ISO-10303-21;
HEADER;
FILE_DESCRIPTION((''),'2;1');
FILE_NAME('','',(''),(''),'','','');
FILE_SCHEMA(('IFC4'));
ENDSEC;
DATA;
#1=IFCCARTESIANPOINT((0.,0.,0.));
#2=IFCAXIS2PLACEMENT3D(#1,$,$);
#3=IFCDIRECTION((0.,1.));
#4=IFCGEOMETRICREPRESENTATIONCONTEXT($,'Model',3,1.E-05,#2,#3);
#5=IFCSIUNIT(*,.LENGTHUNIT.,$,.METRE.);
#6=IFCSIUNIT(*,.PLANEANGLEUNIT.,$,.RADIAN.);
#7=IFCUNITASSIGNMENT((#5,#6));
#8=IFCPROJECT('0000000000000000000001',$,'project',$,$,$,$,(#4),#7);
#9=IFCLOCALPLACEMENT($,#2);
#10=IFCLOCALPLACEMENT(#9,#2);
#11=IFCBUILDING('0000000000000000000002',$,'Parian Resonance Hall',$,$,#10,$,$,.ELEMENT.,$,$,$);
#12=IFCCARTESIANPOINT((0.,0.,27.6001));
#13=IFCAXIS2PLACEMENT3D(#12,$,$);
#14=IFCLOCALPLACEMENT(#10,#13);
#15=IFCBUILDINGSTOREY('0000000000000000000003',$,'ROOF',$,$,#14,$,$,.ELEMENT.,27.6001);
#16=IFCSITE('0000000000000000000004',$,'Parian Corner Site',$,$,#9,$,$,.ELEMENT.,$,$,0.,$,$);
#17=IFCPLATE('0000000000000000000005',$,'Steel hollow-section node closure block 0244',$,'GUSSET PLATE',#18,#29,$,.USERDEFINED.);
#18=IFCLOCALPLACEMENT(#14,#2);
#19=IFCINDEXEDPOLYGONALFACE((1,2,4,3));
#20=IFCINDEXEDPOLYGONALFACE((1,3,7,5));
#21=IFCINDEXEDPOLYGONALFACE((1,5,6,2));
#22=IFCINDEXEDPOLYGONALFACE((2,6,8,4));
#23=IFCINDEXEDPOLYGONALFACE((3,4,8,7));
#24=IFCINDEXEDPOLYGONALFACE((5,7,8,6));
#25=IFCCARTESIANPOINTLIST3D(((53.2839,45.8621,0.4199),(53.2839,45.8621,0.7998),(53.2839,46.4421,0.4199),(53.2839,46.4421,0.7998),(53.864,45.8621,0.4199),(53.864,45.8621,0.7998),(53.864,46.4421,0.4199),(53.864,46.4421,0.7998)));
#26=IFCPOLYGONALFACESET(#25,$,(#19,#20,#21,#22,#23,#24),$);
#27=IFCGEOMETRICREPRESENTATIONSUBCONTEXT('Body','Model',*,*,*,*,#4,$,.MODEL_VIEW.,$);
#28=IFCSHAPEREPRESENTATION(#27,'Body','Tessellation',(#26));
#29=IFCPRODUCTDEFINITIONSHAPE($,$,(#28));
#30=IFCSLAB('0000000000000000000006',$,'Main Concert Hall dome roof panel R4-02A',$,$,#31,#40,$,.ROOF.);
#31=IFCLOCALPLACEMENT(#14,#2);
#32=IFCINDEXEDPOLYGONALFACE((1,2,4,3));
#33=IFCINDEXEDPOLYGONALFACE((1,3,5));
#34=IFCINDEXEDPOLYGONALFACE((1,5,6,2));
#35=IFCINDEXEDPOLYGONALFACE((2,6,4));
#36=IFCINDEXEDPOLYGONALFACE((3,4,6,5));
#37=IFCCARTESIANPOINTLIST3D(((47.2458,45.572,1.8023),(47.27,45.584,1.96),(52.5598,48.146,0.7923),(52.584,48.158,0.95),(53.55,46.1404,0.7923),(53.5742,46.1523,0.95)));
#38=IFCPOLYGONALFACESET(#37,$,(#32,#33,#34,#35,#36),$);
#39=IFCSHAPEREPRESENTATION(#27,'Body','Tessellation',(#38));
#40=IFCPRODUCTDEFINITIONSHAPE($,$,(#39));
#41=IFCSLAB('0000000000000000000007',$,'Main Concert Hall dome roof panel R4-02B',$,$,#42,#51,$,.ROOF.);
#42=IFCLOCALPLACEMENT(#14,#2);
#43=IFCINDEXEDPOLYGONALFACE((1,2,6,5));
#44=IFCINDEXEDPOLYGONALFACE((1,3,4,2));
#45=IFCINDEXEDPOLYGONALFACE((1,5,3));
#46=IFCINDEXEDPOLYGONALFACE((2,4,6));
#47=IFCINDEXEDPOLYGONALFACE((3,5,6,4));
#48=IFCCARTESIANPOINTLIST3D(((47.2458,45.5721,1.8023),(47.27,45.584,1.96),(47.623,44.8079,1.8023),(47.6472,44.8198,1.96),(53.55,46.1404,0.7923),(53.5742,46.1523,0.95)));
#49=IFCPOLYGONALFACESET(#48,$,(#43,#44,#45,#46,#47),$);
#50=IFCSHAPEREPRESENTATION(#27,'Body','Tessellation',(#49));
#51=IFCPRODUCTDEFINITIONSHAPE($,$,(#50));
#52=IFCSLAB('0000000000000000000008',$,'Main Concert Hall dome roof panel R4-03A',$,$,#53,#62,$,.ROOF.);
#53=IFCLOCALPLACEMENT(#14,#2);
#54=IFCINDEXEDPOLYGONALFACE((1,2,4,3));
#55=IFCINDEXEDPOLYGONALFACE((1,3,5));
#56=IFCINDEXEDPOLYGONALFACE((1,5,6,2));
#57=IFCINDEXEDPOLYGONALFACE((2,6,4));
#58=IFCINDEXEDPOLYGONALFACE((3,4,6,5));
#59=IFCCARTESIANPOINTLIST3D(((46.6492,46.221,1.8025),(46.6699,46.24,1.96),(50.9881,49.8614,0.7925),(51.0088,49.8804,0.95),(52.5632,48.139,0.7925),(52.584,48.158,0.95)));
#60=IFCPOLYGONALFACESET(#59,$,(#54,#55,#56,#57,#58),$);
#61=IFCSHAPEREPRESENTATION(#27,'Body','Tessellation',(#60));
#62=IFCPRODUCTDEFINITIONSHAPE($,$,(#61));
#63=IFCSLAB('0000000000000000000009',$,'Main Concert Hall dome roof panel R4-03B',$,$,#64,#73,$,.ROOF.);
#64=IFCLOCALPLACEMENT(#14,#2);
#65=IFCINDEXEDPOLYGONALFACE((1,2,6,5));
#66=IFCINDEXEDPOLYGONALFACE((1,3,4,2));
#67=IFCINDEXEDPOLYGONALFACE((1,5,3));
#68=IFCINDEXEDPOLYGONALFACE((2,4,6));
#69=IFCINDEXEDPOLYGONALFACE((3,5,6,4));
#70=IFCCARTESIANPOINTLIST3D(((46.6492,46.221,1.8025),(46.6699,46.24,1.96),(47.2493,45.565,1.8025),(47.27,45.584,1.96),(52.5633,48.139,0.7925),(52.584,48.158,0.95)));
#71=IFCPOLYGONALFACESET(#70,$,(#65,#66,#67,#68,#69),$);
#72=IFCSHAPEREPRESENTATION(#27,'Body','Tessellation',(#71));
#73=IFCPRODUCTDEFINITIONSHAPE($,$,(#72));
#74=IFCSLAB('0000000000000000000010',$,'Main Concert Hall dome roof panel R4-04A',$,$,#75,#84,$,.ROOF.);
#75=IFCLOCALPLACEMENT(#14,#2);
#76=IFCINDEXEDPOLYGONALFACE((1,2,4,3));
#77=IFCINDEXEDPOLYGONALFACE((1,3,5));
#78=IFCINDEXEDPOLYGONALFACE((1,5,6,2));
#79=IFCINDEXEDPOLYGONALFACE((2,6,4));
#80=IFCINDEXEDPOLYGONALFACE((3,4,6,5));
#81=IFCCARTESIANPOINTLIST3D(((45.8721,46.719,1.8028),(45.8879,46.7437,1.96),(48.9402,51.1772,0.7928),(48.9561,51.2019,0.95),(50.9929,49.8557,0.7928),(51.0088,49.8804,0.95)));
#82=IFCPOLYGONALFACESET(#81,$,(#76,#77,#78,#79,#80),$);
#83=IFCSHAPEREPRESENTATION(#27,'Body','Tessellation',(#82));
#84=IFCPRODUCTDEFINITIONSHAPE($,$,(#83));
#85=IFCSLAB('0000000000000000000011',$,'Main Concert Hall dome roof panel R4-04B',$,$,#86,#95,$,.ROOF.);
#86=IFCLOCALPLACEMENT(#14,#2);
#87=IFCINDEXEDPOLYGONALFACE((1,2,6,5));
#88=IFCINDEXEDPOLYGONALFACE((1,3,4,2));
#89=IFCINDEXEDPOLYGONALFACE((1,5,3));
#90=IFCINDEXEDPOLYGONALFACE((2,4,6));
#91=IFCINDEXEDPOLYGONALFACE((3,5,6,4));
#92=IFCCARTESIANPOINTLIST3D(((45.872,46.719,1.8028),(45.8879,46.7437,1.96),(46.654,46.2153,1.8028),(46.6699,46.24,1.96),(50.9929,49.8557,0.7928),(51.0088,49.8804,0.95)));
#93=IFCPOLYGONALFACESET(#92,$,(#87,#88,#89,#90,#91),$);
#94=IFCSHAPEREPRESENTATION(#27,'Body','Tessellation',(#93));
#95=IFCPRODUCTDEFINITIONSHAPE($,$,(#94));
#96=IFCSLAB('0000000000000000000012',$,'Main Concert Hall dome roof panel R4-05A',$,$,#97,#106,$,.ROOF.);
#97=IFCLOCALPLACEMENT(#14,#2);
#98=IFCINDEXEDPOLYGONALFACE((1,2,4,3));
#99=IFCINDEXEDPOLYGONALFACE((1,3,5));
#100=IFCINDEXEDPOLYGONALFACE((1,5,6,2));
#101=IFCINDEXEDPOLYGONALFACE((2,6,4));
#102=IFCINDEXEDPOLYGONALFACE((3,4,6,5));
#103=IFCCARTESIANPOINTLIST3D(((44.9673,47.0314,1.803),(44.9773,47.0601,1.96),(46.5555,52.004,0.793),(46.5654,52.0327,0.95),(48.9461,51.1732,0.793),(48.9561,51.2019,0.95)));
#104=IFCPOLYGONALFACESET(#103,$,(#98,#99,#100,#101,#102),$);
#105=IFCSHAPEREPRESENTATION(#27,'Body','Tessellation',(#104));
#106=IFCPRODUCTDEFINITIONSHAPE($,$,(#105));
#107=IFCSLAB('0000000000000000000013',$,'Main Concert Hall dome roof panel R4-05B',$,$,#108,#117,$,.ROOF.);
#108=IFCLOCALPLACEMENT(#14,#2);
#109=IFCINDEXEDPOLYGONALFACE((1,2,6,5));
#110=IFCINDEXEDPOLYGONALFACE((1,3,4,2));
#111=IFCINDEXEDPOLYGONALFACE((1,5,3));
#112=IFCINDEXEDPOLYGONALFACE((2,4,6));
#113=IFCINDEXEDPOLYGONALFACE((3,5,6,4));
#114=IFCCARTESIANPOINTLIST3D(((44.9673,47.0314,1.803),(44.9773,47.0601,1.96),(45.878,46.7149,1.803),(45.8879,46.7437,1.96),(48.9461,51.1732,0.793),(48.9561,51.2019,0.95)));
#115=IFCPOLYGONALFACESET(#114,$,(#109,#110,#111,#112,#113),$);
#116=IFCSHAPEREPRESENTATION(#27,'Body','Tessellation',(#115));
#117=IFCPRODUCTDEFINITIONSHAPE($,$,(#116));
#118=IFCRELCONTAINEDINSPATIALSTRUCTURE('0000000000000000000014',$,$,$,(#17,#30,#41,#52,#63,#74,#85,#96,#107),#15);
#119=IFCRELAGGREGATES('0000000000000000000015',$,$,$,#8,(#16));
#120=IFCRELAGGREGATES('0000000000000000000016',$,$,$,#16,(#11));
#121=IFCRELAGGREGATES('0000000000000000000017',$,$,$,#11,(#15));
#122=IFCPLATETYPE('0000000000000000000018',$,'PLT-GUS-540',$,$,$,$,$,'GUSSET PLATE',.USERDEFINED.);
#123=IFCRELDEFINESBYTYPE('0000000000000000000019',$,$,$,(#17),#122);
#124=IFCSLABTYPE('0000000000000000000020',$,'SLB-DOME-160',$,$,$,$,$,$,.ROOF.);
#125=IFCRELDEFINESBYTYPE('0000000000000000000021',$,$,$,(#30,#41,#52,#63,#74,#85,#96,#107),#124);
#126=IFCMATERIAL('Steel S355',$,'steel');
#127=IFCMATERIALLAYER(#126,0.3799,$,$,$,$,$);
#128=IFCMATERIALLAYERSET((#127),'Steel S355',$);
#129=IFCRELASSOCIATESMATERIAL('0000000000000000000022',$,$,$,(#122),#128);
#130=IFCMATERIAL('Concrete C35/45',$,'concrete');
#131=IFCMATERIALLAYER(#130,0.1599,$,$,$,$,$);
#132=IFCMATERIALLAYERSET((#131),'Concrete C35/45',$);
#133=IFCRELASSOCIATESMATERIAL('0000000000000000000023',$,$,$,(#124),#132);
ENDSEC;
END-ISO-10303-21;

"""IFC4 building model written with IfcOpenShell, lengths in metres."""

from ifc_helpers import new_model, si_unit, direction, frame, origin, origin_2d, place, context, subcontext, project, spatial, polyline, rectangle, outline, extrude, material, layer, layer_set, type_object, element, save


model = new_model("IFC4")

# Units and contexts
model_context = context("Model", 3, precision=1e-05, world=origin(), true_north=direction((0.0, 1.0)))
body_context = subcontext(model_context, "Body", "Model", "MODEL_VIEW")
ifc_project = project(units=[si_unit("LENGTHUNIT", "METRE"), si_unit("PLANEANGLEUNIT", "RADIAN")], contexts=[model_context])

# Site, building, storey
site_placement = place(None, origin())
site = spatial("IfcSite", under=ifc_project, at=site_placement, Name="Parian Corner Site", CompositionType="ELEMENT", RefElevation=0.0)
building_placement = place(site_placement, origin())
building = spatial("IfcBuilding", under=site, at=building_placement, Name="Parian Resonance Hall", CompositionType="ELEMENT")
storey_placement = place(building_placement, frame((0.0, 0.0, 27.6001)))
storey = spatial("IfcBuildingStorey", under=building, at=storey_placement, Name="ROOF", CompositionType="ELEMENT", Elevation=27.6001)

# Plate
ifc_material_1 = material(Name="Steel S355", Category="steel")
ifc_layer_1 = layer(ifc_material_1, 0.3799)
ifc_layer_set_1 = layer_set([ifc_layer_1], Name="Steel S355")
plate_type_1 = type_object("IfcPlateType", Name="PLT-GUS-540", ElementType="GUSSET PLATE", PredefinedType="USERDEFINED", material=ifc_layer_set_1)
for number, where, z_axis, x_axis, name in (
    (1, (53.574, 46.1521, 0.4199), (0.0, 0.0, 1.0), (1.0, 0.0, 0.0), "Steel hollow-section node closure block 0244"),
):
    element("IfcPlate", number, at=place(storey_placement, frame(where, z_axis=z_axis, x_axis=x_axis)), inside=storey, type_object=plate_type_1, Name=name, ObjectType="GUSSET PLATE", PredefinedType="USERDEFINED", context=body_context, shape_type="SweptSolid", body=[
        extrude(rectangle(XDim=0.5801, YDim=0.5801, at=origin_2d()), origin(), (0.0, 0.0, 1.0), 0.3799),
    ])

# Slabs
ifc_material_2 = material(Name="Concrete C35/45", Category="concrete")
ifc_layer_2 = layer(ifc_material_2, 0.1599)
ifc_layer_set_2 = layer_set([ifc_layer_2], Name="Concrete C35/45")
slab_type = type_object("IfcSlabType", Name="SLB-DOME-160", PredefinedType="ROOF", material=ifc_layer_set_2)
slab_1_placement = place(storey_placement, frame((53.5742, 46.1523, 0.95), z_axis=(0.151189, 0.074646, 0.985682), x_axis=(-0.442711, 0.896664, 0.0)))
element("IfcSlab", 2, at=slab_1_placement, inside=storey, type_object=slab_type, Name="Main Concert Hall dome roof panel R4-02A", PredefinedType="ROOF", context=body_context, shape_type="SweptSolid", body=[
    extrude(outline(polyline([(0.0, 0.0), (2.2368, 0.0), (2.2813, 5.9901), (0.0, 0.0)])), origin(), (0.0, 0.0, -1.0), 0.1599),
])
slab_2_placement = place(storey_placement, frame((53.5742, 46.1523, 0.95), z_axis=(0.15119, 0.074629, 0.985684), x_axis=(-0.983519, -0.08867, 0.157572)))
element("IfcSlab", 3, at=slab_2_placement, inside=storey, type_object=slab_type, Name="Main Concert Hall dome roof panel R4-02B", PredefinedType="ROOF", context=body_context, shape_type="SweptSolid", body=[
    extrude(outline(polyline([(0.0, 0.0), (6.4098, 0.0), (6.1066, 0.7964), (0.0, 0.0)])), origin(), (0.0, 0.0, -1.0), 0.1599),
])
slab_3_placement = place(storey_placement, frame((52.584, 48.158, 0.95), z_axis=(0.129666, 0.118584, 0.984441), x_axis=(-0.674867, 0.73794, 0.0)))
element("IfcSlab", 4, at=slab_3_placement, inside=storey, type_object=slab_type, Name="Main Concert Hall dome roof panel R4-03A", PredefinedType="ROOF", context=body_context, shape_type="SweptSolid", body=[
    extrude(outline(polyline([(0.0, 0.0), (2.3341, 0.0), (2.5759, 5.748), (0.0, 0.0)])), origin(), (0.0, 0.0, -1.0), 0.1599),
])
slab_4_placement = place(storey_placement, frame((52.584, 48.158, 0.95), z_axis=(0.129658, 0.118608, 0.984439), x_axis=(-0.938919, -0.304498, 0.16035)))
element("IfcSlab", 5, at=slab_4_placement, inside=storey, type_object=slab_type, Name="Main Concert Hall dome roof panel R4-03B", PredefinedType="ROOF", context=body_context, shape_type="SweptSolid", body=[
    extrude(outline(polyline([(0.0, 0.0), (6.2988, 0.0), (5.9351, 0.8113), (0.0, 0.0)])), origin(), (0.0, 0.0, -1.0), 0.1599),
])
slab_5_placement = place(storey_placement, frame((51.0088, 49.8804, 0.95), z_axis=(0.099354, 0.154326, 0.983012), x_axis=(-0.840821, 0.541313, 0.0)))
element("IfcSlab", 6, at=slab_5_placement, inside=storey, type_object=slab_type, Name="Main Concert Hall dome roof panel R4-04A", PredefinedType="ROOF", context=body_context, shape_type="SweptSolid", body=[
    extrude(outline(polyline([(0.0, 0.0), (2.4413, 0.0), (2.6078, 5.5029), (0.0, 0.0)])), origin(), (0.0, 0.0, -1.0), 0.1599),
])
slab_6_placement = place(storey_placement, frame((51.0088, 49.8804, 0.95), z_axis=(0.099376, 0.15429, 0.983015), x_axis=(-0.840929, -0.515101, 0.16586)))
element("IfcSlab", 7, at=slab_6_placement, inside=storey, type_object=slab_type, Name="Main Concert Hall dome roof panel R4-04B", PredefinedType="ROOF", context=body_context, shape_type="SweptSolid", body=[
    extrude(outline(polyline([(0.0, 0.0), (6.0895, 0.0), (5.6914, 0.8406), (0.0, 0.0)])), origin(), (0.0, 0.0, -1.0), 0.1599),
])
slab_7_placement = place(storey_placement, frame((48.9561, 51.2019, 0.95), z_axis=(0.062378, 0.17949, 0.98178), x_axis=(-0.944584, 0.32827, 0.0)))
element("IfcSlab", 8, at=slab_7_placement, inside=storey, type_object=slab_type, Name="Main Concert Hall dome roof panel R4-05A", PredefinedType="ROOF", context=body_context, shape_type="SweptSolid", body=[
    extrude(outline(polyline([(0.0, 0.0), (2.5309, 0.0), (2.3986, 5.3153), (0.0, 0.0)])), origin(), (0.0, 0.0, -1.0), 0.1599),
])
slab_8_placement = place(storey_placement, frame((48.9561, 51.2019, 0.95), z_axis=(0.062368, 0.1795, 0.981779), x_axis=(-0.682296, -0.710263, 0.173201)))
element("IfcSlab", 9, at=slab_8_placement, inside=storey, type_object=slab_type, Name="Main Concert Hall dome roof panel R4-05B", PredefinedType="ROOF", context=body_context, shape_type="SweptSolid", body=[
    extrude(outline(polyline([(0.0, 0.0), (5.8314, 0.0), (5.4348, 0.8787), (0.0, 0.0)])), origin(), (0.0, 0.0, -1.0), 0.1599),
])

save(model, "model.ifc")
